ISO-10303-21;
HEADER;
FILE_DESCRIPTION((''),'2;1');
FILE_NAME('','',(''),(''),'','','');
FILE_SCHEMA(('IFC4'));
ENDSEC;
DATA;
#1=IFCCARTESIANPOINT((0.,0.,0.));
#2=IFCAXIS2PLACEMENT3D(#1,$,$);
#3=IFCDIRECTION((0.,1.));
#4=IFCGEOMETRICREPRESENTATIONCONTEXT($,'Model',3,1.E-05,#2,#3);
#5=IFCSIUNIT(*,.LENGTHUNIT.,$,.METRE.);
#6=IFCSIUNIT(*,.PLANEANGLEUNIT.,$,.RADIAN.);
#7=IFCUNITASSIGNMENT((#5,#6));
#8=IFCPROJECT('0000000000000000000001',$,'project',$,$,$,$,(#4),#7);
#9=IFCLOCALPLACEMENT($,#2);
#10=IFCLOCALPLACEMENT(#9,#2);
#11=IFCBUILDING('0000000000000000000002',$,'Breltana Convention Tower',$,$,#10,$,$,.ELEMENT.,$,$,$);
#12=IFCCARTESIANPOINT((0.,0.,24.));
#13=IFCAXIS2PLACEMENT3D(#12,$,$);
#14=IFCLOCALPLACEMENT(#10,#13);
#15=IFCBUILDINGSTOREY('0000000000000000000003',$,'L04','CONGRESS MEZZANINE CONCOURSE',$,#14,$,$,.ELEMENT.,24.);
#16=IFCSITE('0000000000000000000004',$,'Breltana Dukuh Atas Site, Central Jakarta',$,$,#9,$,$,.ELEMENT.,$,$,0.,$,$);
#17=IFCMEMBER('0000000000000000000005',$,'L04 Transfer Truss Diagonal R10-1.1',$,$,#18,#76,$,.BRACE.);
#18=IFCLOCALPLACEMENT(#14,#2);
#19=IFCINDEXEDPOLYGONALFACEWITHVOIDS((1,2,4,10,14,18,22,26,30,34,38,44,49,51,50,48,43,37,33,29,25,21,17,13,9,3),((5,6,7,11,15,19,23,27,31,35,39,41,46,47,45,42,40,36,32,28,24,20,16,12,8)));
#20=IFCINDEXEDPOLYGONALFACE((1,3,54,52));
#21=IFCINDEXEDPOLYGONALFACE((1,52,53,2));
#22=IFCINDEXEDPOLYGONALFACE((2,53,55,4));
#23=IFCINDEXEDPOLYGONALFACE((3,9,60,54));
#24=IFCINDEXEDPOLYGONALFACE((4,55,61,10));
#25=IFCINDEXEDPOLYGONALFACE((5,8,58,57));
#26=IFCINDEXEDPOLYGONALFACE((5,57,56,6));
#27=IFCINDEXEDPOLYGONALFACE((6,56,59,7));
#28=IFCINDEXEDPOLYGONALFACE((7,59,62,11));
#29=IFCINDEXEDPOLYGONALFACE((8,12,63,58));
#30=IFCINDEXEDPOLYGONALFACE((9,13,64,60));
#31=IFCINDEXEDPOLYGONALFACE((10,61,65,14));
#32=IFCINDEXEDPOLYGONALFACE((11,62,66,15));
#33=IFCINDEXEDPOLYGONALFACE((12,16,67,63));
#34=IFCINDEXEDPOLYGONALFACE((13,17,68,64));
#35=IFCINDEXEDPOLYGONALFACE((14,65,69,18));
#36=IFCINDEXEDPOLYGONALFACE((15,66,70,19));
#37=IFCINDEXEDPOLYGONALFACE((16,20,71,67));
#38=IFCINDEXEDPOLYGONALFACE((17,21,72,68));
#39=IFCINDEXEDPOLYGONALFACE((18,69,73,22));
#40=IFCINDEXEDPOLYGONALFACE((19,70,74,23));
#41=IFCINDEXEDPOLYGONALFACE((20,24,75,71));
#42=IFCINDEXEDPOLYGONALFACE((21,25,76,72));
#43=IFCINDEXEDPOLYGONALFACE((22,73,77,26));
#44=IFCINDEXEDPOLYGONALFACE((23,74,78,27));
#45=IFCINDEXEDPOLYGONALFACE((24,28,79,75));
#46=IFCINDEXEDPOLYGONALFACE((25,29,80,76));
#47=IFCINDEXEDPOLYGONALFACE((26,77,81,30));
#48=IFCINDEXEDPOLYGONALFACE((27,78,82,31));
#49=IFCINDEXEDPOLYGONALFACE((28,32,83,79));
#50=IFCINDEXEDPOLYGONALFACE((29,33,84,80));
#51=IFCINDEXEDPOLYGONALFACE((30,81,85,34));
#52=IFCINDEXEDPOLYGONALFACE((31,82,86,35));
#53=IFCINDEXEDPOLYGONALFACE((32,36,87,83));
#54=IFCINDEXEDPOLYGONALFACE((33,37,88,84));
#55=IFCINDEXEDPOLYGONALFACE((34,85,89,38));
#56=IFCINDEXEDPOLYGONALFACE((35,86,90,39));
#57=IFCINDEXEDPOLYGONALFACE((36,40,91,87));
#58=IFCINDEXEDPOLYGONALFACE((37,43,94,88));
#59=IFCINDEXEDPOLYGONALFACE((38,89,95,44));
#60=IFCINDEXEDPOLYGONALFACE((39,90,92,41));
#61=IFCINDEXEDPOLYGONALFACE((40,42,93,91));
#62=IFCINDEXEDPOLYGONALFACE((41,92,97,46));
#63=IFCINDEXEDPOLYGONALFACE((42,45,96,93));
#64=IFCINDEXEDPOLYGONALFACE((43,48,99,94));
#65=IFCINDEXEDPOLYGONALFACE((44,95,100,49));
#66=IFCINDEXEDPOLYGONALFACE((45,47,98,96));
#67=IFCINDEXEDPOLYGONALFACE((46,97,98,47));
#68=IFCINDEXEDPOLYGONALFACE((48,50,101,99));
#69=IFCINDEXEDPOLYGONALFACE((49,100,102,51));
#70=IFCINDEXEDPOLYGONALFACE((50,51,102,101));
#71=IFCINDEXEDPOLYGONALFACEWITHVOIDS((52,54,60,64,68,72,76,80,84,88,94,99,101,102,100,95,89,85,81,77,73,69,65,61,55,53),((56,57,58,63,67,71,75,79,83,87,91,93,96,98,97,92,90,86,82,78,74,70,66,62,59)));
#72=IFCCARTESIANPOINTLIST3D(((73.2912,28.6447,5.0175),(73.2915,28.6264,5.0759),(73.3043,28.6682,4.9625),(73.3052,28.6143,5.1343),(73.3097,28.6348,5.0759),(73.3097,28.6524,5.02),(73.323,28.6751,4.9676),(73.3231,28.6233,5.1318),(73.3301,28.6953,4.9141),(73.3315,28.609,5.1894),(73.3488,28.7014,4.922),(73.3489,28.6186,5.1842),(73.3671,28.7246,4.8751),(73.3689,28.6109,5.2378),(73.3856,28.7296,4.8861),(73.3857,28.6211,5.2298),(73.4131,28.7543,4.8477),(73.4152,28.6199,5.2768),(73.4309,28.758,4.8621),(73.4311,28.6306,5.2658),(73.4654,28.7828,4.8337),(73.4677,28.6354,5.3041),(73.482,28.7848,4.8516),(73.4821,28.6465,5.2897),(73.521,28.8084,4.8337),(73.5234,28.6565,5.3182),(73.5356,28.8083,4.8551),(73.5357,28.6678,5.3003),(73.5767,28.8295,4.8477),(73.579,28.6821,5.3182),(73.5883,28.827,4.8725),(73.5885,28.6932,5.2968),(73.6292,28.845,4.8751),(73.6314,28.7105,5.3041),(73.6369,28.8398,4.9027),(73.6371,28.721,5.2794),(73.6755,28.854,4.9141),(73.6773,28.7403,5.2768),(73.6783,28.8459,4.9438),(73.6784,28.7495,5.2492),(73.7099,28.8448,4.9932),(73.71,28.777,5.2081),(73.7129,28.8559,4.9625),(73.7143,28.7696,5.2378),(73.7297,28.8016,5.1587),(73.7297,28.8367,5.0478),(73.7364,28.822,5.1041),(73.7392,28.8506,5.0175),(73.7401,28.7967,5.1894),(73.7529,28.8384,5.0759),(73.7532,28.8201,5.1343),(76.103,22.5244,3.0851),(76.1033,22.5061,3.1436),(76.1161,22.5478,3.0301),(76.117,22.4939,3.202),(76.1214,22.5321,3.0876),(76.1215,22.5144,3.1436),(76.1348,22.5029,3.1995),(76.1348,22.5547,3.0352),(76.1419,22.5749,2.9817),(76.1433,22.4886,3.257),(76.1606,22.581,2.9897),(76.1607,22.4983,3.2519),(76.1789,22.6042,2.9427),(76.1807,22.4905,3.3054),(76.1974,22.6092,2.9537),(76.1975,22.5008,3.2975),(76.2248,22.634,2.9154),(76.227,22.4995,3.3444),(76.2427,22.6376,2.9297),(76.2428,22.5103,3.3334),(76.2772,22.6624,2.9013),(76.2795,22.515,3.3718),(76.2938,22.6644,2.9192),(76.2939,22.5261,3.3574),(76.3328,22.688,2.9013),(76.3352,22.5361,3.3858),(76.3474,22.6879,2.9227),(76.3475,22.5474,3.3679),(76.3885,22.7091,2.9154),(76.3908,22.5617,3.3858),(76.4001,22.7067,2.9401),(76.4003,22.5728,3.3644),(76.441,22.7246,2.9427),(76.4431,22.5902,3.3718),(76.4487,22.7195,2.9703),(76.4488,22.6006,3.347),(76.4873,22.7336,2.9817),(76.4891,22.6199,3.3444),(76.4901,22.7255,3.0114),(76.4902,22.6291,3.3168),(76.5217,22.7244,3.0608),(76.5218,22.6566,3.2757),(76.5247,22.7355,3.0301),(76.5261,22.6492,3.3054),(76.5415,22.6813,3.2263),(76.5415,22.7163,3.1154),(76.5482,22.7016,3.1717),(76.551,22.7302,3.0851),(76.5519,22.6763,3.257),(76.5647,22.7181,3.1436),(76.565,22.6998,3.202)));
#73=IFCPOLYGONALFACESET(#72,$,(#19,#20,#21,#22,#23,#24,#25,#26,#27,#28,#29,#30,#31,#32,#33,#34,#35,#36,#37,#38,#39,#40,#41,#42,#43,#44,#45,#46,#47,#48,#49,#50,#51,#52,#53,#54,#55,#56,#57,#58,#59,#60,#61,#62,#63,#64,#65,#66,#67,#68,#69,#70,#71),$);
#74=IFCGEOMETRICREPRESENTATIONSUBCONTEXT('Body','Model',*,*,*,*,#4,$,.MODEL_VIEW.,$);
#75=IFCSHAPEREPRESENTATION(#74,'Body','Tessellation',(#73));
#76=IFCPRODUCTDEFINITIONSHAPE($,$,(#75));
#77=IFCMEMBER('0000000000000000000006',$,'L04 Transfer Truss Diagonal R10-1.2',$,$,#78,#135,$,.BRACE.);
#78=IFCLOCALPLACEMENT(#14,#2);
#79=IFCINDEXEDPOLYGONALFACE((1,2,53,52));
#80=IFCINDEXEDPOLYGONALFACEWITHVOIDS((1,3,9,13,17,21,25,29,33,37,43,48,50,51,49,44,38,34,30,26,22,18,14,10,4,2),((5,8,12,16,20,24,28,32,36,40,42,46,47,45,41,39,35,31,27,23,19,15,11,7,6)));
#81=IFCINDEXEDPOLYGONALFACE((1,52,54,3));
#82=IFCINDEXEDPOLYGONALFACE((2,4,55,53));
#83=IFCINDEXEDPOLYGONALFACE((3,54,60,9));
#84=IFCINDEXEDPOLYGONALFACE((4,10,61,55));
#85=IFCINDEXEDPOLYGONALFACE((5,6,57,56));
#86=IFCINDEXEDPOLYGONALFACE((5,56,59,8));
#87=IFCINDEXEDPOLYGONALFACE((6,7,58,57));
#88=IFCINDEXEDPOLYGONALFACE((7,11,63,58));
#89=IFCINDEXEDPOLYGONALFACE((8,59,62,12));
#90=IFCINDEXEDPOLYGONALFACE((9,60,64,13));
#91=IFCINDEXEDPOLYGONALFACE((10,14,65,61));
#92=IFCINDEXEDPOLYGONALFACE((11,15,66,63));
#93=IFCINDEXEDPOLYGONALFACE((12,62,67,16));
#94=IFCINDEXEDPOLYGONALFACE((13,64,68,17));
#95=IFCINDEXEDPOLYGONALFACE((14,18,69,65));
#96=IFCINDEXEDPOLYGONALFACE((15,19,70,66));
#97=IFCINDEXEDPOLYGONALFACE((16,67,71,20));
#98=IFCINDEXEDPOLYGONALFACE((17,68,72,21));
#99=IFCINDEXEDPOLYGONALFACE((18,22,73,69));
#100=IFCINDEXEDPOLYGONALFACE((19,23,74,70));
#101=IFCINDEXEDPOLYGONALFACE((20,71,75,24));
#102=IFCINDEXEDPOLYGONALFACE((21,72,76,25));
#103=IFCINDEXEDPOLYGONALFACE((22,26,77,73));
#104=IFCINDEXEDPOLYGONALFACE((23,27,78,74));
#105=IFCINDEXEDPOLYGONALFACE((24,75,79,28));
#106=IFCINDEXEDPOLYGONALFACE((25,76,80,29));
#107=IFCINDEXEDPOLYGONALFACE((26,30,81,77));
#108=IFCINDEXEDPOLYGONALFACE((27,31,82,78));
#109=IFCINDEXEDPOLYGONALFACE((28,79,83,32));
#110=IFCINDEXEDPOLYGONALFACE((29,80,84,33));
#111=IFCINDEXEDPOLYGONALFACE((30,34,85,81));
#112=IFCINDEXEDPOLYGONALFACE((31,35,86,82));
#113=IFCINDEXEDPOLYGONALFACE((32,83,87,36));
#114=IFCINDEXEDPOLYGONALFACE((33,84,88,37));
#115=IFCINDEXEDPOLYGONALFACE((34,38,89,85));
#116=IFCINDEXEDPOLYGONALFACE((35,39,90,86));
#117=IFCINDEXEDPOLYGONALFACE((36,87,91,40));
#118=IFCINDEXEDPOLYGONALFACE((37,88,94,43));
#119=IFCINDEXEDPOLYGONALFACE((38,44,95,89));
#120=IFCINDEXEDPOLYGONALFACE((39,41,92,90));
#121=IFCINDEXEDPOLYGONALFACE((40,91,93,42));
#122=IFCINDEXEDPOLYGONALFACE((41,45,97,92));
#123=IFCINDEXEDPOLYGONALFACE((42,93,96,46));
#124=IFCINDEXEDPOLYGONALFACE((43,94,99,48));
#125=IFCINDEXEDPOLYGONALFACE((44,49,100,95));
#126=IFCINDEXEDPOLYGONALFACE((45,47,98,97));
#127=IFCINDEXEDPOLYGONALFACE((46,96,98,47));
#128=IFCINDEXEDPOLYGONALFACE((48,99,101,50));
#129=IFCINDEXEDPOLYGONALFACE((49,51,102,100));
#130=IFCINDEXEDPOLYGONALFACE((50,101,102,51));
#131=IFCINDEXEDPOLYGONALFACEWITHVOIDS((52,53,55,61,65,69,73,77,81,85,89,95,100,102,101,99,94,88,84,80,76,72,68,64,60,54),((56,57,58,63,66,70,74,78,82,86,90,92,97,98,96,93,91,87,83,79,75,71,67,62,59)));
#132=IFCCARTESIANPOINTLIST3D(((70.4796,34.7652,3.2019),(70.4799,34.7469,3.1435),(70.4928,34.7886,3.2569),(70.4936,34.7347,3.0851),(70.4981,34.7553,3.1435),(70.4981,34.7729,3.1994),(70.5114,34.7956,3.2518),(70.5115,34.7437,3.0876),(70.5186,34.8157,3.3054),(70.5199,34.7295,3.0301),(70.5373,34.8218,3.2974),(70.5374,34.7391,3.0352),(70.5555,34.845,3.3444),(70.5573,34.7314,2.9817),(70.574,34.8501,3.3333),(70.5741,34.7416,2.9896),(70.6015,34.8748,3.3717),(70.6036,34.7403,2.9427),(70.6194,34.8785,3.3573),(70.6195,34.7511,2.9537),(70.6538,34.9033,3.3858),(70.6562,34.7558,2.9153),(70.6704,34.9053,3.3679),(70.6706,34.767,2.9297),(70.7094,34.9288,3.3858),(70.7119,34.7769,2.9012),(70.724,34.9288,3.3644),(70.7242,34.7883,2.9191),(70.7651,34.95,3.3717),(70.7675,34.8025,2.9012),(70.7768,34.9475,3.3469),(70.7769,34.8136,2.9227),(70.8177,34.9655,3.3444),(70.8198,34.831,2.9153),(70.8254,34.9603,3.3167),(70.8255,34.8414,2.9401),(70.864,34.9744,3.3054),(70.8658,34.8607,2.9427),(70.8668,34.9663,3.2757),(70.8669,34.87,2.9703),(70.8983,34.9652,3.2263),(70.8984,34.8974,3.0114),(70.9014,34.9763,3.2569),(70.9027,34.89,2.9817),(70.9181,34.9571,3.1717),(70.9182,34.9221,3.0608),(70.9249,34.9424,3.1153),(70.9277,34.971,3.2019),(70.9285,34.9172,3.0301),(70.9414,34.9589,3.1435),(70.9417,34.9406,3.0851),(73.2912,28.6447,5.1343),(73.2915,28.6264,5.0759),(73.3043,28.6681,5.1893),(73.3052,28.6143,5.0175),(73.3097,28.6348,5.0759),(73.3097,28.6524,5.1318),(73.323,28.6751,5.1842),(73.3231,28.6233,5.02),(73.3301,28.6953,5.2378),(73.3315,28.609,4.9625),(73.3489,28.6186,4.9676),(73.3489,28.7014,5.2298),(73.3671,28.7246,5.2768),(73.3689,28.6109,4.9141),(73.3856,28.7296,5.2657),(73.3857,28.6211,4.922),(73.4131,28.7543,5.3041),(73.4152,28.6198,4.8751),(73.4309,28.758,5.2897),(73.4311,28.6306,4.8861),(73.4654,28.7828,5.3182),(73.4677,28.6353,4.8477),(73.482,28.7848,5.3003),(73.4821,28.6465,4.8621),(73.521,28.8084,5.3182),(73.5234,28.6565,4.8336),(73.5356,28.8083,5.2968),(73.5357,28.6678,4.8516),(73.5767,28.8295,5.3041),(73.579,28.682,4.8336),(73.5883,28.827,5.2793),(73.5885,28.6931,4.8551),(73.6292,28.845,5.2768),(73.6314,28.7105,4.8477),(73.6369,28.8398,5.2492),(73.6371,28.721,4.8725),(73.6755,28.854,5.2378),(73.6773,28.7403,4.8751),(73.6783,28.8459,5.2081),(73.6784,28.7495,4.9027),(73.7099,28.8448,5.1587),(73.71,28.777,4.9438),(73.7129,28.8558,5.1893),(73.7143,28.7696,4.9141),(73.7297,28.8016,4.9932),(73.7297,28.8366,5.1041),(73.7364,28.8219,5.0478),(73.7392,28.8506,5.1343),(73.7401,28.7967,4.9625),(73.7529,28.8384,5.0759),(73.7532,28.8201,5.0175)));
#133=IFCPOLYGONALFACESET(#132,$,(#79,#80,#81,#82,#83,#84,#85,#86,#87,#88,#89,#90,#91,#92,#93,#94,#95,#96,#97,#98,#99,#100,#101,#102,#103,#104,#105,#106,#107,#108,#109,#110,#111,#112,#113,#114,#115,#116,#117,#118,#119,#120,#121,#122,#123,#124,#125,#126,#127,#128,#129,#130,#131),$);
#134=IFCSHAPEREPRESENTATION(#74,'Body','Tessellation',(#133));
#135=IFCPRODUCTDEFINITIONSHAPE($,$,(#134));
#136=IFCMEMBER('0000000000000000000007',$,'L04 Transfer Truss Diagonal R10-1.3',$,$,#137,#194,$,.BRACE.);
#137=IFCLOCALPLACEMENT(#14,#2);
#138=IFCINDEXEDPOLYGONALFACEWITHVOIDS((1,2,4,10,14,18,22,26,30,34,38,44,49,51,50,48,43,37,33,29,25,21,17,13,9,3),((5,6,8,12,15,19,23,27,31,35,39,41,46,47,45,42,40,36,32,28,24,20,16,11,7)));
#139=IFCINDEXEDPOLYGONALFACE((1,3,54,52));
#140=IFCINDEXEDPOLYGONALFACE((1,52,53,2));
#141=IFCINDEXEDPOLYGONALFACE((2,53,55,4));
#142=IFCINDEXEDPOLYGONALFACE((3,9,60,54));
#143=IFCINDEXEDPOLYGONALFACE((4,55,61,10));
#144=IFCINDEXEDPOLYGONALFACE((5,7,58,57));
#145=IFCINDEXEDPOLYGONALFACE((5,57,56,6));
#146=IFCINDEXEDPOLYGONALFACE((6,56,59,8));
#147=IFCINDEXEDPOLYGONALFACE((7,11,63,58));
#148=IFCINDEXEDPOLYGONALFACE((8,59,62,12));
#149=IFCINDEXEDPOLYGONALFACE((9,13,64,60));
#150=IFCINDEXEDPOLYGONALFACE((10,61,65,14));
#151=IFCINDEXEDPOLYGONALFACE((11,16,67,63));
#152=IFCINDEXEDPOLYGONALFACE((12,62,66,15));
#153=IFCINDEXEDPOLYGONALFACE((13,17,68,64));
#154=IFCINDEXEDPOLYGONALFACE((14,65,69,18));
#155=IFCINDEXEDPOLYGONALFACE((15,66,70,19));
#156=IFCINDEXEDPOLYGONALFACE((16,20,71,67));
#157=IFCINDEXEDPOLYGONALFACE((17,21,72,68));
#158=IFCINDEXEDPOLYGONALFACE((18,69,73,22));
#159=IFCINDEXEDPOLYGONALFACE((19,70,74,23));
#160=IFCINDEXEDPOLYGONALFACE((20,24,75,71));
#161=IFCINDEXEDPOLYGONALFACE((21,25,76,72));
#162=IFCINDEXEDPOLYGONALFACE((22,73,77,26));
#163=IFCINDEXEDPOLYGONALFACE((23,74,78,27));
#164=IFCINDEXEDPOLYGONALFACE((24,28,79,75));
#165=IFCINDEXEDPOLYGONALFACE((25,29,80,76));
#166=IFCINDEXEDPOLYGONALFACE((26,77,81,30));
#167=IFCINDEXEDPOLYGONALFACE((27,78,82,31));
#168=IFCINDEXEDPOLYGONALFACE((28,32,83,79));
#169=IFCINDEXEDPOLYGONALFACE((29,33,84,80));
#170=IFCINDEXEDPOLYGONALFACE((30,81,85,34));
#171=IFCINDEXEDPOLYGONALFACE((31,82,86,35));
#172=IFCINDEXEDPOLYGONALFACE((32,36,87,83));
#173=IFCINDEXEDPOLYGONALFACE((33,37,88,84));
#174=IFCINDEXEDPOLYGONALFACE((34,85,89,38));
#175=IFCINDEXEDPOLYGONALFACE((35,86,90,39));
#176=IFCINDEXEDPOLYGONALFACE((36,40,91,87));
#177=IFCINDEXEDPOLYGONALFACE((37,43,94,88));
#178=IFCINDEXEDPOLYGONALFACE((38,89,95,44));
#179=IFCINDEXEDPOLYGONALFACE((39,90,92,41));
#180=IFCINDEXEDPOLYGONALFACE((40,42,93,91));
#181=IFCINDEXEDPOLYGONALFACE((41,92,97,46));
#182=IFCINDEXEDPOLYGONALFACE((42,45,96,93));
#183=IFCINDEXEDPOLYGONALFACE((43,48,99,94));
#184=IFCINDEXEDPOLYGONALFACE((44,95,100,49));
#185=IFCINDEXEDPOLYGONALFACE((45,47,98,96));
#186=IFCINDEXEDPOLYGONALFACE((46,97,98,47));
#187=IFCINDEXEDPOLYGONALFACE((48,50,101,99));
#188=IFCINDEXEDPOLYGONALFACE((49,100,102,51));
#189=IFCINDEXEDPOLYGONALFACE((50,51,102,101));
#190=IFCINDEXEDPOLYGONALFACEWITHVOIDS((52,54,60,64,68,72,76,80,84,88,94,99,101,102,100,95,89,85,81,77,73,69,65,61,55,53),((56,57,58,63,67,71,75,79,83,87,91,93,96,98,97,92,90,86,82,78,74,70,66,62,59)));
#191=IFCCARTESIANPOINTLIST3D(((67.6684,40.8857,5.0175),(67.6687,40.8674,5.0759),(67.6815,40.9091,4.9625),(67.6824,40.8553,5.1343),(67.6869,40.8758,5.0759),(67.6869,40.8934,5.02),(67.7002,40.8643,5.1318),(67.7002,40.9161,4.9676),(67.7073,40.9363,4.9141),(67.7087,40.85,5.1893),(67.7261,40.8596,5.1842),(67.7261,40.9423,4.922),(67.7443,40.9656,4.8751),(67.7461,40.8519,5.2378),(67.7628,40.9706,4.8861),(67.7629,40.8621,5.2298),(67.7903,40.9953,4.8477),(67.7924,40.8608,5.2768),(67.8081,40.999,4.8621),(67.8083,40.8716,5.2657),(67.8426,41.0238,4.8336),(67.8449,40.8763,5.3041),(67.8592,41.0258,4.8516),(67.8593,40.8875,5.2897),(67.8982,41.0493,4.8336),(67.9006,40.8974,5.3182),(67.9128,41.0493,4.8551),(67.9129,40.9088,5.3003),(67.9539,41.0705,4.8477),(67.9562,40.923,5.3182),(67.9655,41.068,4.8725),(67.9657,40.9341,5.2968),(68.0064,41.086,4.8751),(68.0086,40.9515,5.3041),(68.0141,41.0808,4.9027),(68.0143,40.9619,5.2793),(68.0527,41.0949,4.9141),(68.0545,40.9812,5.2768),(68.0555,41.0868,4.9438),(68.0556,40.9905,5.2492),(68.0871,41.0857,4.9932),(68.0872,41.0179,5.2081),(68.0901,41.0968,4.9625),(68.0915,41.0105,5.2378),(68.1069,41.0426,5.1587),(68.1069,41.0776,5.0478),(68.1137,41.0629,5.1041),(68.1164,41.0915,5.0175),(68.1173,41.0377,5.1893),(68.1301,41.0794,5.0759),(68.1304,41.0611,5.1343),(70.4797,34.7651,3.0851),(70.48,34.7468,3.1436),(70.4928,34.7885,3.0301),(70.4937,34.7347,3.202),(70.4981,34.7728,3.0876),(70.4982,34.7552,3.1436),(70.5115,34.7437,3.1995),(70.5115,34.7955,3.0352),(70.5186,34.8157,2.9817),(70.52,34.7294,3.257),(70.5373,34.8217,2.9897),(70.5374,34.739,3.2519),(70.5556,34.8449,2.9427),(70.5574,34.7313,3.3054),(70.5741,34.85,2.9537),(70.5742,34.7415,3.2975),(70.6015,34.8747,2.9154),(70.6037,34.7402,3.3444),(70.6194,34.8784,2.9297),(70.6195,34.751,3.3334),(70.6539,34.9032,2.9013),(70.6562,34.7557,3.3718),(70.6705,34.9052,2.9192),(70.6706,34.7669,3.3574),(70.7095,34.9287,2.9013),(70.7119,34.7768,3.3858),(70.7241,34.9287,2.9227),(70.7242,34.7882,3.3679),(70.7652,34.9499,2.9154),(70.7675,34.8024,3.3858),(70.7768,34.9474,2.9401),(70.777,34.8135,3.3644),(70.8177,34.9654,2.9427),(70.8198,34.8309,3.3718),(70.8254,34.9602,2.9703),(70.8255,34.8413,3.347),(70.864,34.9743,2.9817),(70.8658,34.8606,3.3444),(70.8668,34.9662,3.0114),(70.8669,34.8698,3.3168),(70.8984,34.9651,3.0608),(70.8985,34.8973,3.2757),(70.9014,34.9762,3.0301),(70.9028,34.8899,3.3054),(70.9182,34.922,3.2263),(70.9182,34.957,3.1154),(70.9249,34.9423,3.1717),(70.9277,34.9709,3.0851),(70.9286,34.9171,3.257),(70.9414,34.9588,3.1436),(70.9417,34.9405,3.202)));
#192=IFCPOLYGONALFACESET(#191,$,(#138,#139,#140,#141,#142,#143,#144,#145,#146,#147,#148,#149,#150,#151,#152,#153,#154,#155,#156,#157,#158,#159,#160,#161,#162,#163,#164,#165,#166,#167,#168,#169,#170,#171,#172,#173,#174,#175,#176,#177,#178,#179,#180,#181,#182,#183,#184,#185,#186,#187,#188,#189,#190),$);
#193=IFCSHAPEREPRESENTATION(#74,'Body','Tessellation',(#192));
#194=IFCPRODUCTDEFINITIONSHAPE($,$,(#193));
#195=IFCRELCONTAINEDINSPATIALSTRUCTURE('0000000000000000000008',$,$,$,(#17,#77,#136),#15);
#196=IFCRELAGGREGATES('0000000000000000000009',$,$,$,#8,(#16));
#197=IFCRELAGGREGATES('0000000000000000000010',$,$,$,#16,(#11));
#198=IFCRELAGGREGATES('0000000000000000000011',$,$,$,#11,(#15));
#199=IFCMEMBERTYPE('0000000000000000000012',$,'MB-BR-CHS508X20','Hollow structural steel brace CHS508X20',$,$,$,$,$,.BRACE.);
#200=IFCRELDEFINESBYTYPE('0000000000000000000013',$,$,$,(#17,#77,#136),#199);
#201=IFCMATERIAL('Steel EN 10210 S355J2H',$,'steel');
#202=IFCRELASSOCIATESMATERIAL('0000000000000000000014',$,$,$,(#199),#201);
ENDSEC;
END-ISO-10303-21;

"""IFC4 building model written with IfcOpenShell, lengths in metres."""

from ifc_helpers import new_model, si_unit, direction, frame, origin, origin_2d, place, context, subcontext, project, spatial, hollow_circle, extrude, source, transform, mapped, material, material_profile, profile_set, type_object, element, save


model = new_model("IFC4")

# Units and contexts
model_context = context("Model", 3, precision=1e-05, world=origin(), true_north=direction((0.0, 1.0)))
body_context = subcontext(model_context, "Body", "Model", "MODEL_VIEW")
ifc_project = project(units=[si_unit("LENGTHUNIT", "METRE"), si_unit("PLANEANGLEUNIT", "RADIAN")], contexts=[model_context])

# Site, building, storey
site_placement = place(None, origin())
site = spatial("IfcSite", under=ifc_project, at=site_placement, Name="Breltana Dukuh Atas Site, Central Jakarta", CompositionType="ELEMENT", RefElevation=0.0)
building_placement = place(site_placement, origin())
building = spatial("IfcBuilding", under=site, at=building_placement, Name="Breltana Convention Tower", CompositionType="ELEMENT")
storey_placement = place(building_placement, frame((0.0, 0.0, 24.0)))
storey = spatial("IfcBuildingStorey", under=building, at=storey_placement, Name="L04", Description="CONGRESS MEZZANINE CONCOURSE", CompositionType="ELEMENT", Elevation=24.0)

# Shared definitions
ifc_material_1 = material(Name="Steel EN 10210 S355J2H", Category="steel")
ifc_material_profile_1 = material_profile(ifc_material_1, hollow_circle(Radius=0.2539, WallThickness=0.02, at=origin_2d()), Name="CHS508X20")
ifc_profile_set_1 = profile_set([ifc_material_profile_1], Name="Steel EN 10210 S355J2H")
member_type = type_object("IfcMemberType", Name="MB-BR-CHS508X20", Description="Hollow structural steel brace CHS508X20", PredefinedType="BRACE", material=ifc_profile_set_1)

# Members
shared_shape_1 = source(origin(), body_context, "Body", "SweptSolid", [
    extrude(hollow_circle(Radius=0.2539, WallThickness=0.02, at=origin_2d()), origin(), (0.0, 0.0, 1.0), 7.0071),
])
for number, where, z_axis, x_axis, name in (
    (1, (76.334, 22.6121, 3.1436), (-0.401276, 0.873456, 0.275775), (-0.908693, -0.417465, 0.0), "L04 Transfer Truss Diagonal R10-1.1"),
    (2, (73.5222, 28.7324, 5.0759), (-0.401247, 0.873468, -0.275779), (-0.908707, -0.417435, 0.0), "L04 Transfer Truss Diagonal R10-1.2"),
    (3, (70.7107, 34.8528, 3.1436), (-0.401206, 0.873489, 0.275774), (-0.908727, -0.417391, 0.0), "L04 Transfer Truss Diagonal R10-1.3"),
):
    element("IfcMember", number, at=place(storey_placement, frame(where, z_axis=z_axis, x_axis=x_axis)), inside=storey, type_object=member_type, Name=name, PredefinedType="BRACE", context=body_context, shape_type="MappedRepresentation", body=[
        mapped(shared_shape_1, transform((0.0, 0.0, 0.0), scale=1.0)),
    ])

save(model, "model.ifc")
